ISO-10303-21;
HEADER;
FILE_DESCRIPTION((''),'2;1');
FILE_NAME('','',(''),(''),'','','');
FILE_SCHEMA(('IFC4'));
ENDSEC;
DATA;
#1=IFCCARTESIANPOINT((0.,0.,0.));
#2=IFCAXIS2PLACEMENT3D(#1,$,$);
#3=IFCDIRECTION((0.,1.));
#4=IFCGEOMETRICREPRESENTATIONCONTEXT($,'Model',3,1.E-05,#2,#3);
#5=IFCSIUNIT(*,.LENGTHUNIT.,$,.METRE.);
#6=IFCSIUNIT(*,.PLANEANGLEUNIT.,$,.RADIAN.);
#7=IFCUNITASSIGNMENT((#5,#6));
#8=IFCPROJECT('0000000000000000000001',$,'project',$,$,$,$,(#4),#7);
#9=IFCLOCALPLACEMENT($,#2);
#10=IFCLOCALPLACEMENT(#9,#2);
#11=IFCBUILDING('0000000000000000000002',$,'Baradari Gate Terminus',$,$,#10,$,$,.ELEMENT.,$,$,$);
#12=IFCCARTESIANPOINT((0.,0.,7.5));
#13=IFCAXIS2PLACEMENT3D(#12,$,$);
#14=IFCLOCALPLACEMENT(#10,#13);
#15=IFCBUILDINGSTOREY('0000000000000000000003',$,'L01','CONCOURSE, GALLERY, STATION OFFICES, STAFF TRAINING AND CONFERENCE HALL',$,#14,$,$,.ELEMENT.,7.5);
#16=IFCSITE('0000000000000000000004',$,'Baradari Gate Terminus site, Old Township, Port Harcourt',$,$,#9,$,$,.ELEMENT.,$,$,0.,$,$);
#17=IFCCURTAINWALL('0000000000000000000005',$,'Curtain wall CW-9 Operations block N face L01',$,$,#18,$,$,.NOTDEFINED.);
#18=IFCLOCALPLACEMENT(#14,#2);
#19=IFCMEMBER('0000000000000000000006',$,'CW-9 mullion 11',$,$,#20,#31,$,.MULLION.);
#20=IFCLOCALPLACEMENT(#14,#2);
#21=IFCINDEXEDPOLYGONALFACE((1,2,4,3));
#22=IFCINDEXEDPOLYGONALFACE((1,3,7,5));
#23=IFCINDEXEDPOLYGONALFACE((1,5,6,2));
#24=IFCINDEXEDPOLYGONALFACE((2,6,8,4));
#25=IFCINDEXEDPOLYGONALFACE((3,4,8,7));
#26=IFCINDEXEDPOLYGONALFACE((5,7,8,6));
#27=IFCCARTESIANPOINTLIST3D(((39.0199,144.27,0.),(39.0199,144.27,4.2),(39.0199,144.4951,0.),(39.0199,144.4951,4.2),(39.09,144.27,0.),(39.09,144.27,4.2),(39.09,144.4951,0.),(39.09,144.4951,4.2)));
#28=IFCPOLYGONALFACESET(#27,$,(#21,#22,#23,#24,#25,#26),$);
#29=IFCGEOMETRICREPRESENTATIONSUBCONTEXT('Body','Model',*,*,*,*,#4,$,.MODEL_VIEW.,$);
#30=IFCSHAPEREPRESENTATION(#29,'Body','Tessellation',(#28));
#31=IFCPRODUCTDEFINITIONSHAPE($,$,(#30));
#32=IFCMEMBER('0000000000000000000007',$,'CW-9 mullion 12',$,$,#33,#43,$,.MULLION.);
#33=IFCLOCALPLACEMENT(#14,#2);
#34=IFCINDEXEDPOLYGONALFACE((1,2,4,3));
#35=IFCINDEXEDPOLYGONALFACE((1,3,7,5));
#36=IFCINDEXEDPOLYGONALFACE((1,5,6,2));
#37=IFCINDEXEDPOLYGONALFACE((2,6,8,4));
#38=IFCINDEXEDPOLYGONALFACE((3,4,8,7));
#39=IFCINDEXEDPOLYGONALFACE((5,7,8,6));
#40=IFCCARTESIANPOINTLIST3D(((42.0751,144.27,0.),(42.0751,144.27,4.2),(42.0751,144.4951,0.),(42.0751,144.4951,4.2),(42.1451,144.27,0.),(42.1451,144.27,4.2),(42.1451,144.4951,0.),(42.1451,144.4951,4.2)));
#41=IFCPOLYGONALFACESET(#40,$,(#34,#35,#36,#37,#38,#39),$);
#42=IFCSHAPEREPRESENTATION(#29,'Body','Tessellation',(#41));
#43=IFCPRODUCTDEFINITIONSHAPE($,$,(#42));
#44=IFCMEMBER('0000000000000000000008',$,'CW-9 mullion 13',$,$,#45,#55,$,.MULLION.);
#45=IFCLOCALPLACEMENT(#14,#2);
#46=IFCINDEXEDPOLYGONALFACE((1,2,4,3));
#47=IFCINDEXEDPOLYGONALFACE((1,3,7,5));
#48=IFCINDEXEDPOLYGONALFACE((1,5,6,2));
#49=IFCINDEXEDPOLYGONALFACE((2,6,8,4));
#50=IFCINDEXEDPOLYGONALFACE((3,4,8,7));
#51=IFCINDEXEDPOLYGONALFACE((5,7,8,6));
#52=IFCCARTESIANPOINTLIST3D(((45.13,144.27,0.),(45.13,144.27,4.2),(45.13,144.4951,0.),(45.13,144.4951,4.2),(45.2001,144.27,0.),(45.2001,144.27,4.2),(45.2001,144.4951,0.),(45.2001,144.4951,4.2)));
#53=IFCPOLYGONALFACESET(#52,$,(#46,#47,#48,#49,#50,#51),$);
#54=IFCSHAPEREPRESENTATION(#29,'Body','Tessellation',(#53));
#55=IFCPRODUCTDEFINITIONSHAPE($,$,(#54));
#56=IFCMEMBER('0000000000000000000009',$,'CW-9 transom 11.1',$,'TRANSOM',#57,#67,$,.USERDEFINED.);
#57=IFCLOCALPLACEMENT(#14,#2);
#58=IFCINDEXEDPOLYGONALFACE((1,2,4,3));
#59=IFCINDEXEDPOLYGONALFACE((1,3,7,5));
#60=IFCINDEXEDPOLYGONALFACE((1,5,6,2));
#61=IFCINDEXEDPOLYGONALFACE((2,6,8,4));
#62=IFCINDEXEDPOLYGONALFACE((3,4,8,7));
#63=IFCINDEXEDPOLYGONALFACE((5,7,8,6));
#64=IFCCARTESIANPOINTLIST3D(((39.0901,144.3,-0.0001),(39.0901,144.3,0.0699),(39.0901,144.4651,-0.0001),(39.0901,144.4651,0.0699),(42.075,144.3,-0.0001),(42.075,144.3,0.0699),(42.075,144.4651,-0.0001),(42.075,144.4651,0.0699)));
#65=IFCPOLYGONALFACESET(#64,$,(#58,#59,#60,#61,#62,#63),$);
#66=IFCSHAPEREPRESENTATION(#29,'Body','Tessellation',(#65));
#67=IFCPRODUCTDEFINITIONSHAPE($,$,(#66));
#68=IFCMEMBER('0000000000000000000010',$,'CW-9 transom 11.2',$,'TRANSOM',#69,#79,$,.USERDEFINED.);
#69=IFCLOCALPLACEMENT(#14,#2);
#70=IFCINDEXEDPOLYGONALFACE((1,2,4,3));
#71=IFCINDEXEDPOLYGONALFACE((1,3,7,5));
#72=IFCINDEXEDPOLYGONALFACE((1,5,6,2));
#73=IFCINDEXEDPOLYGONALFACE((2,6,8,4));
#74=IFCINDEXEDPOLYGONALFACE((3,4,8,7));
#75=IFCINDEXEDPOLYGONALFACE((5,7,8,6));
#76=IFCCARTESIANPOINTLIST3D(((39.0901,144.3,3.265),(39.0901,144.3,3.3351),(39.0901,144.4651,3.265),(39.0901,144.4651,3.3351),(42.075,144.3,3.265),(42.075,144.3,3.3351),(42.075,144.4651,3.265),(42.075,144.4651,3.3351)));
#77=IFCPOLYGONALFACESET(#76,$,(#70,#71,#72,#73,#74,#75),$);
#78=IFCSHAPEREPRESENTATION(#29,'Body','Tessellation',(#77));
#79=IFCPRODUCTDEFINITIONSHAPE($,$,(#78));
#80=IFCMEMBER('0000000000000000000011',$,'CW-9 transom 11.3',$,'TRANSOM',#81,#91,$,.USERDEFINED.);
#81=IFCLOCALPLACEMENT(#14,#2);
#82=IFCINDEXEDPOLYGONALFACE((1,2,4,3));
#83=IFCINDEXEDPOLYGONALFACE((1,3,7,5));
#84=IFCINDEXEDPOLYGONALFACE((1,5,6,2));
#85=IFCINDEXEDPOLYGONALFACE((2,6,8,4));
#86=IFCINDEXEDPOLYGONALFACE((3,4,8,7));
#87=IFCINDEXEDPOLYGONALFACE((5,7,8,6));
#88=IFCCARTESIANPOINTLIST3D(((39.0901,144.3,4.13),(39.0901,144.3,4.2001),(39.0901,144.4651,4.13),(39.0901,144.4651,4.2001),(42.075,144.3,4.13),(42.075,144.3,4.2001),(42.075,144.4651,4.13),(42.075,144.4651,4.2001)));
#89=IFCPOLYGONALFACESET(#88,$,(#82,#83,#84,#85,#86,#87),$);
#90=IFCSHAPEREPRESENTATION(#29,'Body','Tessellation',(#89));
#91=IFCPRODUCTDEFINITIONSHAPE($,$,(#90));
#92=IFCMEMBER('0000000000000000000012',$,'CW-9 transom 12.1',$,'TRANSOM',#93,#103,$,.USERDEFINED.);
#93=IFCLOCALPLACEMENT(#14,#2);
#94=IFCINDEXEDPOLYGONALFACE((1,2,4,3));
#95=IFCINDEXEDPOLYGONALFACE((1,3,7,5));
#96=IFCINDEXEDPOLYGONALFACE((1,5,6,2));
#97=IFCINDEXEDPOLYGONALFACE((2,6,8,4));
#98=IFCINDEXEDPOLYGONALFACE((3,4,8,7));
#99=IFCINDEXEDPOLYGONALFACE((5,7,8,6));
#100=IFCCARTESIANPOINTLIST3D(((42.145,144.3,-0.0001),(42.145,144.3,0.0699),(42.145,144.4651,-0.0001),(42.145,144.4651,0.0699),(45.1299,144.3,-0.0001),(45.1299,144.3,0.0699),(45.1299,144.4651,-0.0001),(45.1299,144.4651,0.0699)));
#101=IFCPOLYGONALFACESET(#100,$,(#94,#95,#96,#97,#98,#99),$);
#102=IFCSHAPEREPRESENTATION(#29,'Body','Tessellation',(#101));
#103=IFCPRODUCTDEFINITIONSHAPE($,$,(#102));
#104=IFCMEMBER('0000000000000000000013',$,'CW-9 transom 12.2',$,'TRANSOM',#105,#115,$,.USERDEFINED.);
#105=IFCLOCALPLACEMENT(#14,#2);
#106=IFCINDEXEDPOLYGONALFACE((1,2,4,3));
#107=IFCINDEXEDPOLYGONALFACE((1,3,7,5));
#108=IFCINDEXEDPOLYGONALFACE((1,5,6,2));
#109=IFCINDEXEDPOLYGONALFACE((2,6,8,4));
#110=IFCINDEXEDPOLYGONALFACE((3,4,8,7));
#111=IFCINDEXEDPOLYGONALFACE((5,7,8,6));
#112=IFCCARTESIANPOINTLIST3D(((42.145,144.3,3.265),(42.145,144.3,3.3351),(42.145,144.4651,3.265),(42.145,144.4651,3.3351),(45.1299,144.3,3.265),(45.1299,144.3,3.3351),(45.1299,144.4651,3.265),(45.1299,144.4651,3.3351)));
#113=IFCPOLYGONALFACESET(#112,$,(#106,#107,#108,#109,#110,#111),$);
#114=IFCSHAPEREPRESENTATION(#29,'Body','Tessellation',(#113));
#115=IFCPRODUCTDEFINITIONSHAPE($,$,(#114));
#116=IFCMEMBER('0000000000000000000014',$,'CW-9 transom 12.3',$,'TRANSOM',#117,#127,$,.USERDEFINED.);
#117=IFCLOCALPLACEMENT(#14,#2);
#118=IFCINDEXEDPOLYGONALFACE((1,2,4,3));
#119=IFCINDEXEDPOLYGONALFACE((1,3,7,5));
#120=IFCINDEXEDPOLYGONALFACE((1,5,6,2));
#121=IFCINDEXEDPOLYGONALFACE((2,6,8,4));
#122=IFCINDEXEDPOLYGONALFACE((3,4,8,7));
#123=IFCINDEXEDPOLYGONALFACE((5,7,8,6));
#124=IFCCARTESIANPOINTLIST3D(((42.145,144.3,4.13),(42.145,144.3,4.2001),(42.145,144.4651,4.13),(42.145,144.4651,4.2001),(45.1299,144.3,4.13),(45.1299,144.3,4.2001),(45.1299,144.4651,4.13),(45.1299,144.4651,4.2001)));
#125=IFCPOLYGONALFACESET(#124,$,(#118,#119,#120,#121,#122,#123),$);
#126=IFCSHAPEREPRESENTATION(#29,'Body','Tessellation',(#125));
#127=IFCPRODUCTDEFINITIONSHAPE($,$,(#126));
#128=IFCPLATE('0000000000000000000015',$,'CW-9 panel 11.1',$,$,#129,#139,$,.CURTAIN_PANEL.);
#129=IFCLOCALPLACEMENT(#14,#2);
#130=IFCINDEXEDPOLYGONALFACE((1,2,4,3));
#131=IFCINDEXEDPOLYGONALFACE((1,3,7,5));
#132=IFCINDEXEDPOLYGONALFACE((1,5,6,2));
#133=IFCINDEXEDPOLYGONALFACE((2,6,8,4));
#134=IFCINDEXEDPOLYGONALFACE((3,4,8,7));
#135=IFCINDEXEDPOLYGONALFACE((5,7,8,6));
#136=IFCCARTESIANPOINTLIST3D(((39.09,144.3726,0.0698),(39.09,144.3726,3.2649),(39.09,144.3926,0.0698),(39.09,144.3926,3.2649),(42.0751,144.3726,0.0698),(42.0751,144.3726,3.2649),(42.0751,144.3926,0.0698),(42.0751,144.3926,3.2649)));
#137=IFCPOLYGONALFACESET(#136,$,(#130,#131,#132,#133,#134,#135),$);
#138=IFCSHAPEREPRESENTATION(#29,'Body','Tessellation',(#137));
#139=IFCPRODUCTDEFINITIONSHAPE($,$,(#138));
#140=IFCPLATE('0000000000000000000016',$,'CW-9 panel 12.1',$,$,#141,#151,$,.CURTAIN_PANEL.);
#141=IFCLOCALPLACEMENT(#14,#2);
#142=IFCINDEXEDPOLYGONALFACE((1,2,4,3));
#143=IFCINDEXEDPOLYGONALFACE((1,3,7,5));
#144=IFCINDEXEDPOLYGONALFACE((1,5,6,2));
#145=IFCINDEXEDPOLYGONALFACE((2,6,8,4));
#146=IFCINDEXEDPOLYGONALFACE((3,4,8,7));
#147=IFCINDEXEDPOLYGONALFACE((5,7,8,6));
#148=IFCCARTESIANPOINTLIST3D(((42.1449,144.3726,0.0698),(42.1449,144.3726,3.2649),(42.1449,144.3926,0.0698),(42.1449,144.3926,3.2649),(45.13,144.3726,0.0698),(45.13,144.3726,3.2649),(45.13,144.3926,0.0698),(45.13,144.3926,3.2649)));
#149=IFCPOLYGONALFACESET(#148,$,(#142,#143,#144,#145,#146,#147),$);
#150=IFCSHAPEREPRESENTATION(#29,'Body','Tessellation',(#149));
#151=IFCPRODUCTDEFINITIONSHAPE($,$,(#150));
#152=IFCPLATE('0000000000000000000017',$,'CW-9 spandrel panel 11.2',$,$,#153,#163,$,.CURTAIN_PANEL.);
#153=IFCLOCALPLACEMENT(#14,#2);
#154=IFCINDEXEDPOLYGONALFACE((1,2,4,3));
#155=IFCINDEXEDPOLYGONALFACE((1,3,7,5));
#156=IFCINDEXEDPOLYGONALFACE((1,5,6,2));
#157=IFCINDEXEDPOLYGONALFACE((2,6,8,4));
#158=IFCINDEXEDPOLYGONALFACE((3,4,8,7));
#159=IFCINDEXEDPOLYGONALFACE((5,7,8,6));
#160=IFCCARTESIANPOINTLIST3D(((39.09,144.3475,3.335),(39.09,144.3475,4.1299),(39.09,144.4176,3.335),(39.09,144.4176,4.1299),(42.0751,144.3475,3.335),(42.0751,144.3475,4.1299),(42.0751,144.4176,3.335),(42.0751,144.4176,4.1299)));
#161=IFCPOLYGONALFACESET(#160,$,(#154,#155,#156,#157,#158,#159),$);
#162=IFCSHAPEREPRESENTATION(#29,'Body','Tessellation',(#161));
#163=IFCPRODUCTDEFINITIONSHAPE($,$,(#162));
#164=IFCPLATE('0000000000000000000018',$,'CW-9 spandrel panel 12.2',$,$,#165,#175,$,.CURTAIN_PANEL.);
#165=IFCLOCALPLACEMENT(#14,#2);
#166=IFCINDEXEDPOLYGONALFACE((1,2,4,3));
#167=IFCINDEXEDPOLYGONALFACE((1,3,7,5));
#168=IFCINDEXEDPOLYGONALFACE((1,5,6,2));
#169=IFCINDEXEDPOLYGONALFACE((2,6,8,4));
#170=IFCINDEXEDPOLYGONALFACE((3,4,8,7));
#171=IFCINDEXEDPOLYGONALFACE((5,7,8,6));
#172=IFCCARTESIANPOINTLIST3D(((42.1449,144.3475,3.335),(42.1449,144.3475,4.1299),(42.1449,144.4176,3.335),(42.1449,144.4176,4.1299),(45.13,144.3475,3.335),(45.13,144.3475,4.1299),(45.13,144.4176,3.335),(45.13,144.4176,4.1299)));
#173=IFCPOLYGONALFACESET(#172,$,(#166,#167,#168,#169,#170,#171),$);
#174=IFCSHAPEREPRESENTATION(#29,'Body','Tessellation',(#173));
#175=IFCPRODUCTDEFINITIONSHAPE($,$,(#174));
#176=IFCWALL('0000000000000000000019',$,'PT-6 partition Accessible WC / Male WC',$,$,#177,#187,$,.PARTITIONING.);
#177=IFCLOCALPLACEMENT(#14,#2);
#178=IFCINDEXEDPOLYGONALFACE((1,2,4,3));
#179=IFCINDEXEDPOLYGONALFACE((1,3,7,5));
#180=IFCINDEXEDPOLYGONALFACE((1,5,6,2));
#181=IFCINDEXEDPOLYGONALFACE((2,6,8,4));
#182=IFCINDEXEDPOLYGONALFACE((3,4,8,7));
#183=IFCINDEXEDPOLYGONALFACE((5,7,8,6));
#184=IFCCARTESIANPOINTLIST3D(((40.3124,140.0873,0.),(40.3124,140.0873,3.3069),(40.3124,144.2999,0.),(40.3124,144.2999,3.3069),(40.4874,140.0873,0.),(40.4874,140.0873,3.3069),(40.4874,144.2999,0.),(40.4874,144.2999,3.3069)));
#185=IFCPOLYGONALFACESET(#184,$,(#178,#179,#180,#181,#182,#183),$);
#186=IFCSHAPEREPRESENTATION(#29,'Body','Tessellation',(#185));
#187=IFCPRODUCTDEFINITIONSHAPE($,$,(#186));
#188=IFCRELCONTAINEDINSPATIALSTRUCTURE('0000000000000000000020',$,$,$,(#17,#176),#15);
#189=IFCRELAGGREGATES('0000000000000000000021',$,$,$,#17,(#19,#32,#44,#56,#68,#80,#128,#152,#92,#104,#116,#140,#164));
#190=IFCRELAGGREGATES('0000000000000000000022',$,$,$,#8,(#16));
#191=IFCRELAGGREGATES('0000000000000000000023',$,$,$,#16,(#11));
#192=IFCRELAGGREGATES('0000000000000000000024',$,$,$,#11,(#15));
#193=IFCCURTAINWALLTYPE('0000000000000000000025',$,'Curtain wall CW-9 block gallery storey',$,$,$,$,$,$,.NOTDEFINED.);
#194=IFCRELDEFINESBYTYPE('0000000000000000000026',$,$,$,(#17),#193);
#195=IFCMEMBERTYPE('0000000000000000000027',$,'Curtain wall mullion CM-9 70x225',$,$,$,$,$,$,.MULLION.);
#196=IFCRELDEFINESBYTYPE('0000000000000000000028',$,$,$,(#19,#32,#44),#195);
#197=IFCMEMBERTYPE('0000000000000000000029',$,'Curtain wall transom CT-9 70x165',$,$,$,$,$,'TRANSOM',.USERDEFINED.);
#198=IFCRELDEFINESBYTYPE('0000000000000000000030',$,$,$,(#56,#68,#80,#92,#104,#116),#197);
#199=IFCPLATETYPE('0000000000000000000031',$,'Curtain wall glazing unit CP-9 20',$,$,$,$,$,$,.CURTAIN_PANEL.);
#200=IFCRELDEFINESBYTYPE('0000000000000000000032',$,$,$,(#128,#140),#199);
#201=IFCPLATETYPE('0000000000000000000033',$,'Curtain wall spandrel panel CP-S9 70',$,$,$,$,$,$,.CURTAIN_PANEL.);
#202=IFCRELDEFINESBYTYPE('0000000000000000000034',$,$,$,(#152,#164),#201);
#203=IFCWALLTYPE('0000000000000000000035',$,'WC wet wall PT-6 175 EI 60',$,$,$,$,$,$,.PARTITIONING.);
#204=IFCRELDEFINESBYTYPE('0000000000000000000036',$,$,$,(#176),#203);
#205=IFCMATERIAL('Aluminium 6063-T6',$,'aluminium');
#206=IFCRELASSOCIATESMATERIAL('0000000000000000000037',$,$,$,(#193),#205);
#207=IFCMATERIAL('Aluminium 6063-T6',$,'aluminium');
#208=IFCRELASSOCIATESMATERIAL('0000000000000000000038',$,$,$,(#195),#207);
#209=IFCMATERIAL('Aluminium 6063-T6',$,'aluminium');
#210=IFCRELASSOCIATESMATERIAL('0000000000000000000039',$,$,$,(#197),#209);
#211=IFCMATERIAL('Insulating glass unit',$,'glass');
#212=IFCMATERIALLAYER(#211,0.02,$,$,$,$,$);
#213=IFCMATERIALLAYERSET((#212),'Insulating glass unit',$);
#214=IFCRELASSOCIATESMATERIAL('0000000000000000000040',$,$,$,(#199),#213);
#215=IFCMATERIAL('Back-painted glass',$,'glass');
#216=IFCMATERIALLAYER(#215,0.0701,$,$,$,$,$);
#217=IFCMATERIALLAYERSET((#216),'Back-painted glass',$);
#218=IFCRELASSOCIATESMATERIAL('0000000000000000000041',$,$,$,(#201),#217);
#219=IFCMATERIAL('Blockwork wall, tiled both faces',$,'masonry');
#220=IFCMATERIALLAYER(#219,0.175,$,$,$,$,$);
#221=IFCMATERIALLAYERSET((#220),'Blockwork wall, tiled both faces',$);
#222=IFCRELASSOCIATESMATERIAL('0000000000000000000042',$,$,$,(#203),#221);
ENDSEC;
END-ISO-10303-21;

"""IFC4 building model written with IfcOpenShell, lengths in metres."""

from ifc_helpers import new_model, si_unit, direction, frame, frame_2d, origin, origin_2d, place, context, subcontext, project, spatial, rectangle, extrude, material, layer, layer_set, material_profile, profile_set, type_object, element, aggregate, save


model = new_model("IFC4")

# Units and contexts
model_context = context("Model", 3, precision=1e-05, world=origin(), true_north=direction((0.0, 1.0)))
body_context = subcontext(model_context, "Body", "Model", "MODEL_VIEW")
ifc_project = project(units=[si_unit("LENGTHUNIT", "METRE"), si_unit("PLANEANGLEUNIT", "RADIAN")], contexts=[model_context])

# Site, building, storey
site_placement = place(None, origin())
site = spatial("IfcSite", under=ifc_project, at=site_placement, Name="Baradari Gate Terminus site, Old Township, Port Harcourt", CompositionType="ELEMENT", RefElevation=0.0)
building_placement = place(site_placement, origin())
building = spatial("IfcBuilding", under=site, at=building_placement, Name="Baradari Gate Terminus", CompositionType="ELEMENT")
storey_placement = place(building_placement, frame((0.0, 0.0, 7.5)))
storey = spatial("IfcBuildingStorey", under=building, at=storey_placement, Name="L01", Description="CONCOURSE, GALLERY, STATION OFFICES, STAFF TRAINING AND CONFERENCE HALL", CompositionType="ELEMENT", Elevation=7.5)

# Curtain wall, members, plates
ifc_material_1 = material(Name="Aluminium 6063-T6", Category="aluminium")
curtain_wall_type = type_object("IfcCurtainWallType", Name="Curtain wall CW-9 block gallery storey", PredefinedType="NOTDEFINED", material=ifc_material_1)
curtain_wall_placement = place(storey_placement, origin())
curtain_wall = element("IfcCurtainWall", 1, at=curtain_wall_placement, inside=storey, type_object=curtain_wall_type, Name="Curtain wall CW-9 Operations block N face L01", PredefinedType="NOTDEFINED")
ifc_material_2 = material(Name="Aluminium 6063-T6", Category="aluminium")
ifc_material_profile_1 = material_profile(ifc_material_2, rectangle(XDim=0.2251, YDim=0.0701, at=origin_2d()), Name="CM-9 70X225")
ifc_profile_set_1 = profile_set([ifc_material_profile_1], Name="Aluminium 6063-T6")
member_type_1 = type_object("IfcMemberType", Name="Curtain wall mullion CM-9 70x225", PredefinedType="MULLION", material=ifc_profile_set_1)
member_1_placement = place(storey_placement, frame((39.0549, 144.3826, 0.0), z_axis=(0.0, 0.0, 1.0), x_axis=(0.0, 1.0, 0.0)))
member_1 = element("IfcMember", 2, at=member_1_placement, type_object=member_type_1, Name="CW-9 mullion 11", PredefinedType="MULLION", context=body_context, shape_type="SweptSolid", body=[
    extrude(rectangle(XDim=0.2251, YDim=0.0701, at=origin_2d()), origin(), (0.0, 0.0, 1.0), 4.2),
])
member_2_placement = place(storey_placement, frame((42.1101, 144.3826, 0.0), z_axis=(0.0, 0.0, 1.0), x_axis=(0.0, 1.0, 0.0)))
member_2 = element("IfcMember", 3, at=member_2_placement, type_object=member_type_1, Name="CW-9 mullion 12", PredefinedType="MULLION", context=body_context, shape_type="SweptSolid", body=[
    extrude(rectangle(XDim=0.2251, YDim=0.0701, at=origin_2d()), origin(), (0.0, 0.0, 1.0), 4.2),
])
member_3_placement = place(storey_placement, frame((45.165, 144.3826, 0.0), z_axis=(0.0, 0.0, 1.0), x_axis=(0.0, 1.0, 0.0)))
member_3 = element("IfcMember", 4, at=member_3_placement, type_object=member_type_1, Name="CW-9 mullion 13", PredefinedType="MULLION", context=body_context, shape_type="SweptSolid", body=[
    extrude(rectangle(XDim=0.2251, YDim=0.0701, at=origin_2d()), origin(), (0.0, 0.0, 1.0), 4.2),
])
ifc_material_3 = material(Name="Aluminium 6063-T6", Category="aluminium")
ifc_material_profile_2 = material_profile(ifc_material_3, rectangle(XDim=0.165, YDim=0.0701, at=origin_2d()), Name="CT-9 70X165")
ifc_profile_set_2 = profile_set([ifc_material_profile_2], Name="Aluminium 6063-T6")
member_type_2 = type_object("IfcMemberType", Name="Curtain wall transom CT-9 70x165", ElementType="TRANSOM", PredefinedType="USERDEFINED", material=ifc_profile_set_2)
member_4_placement = place(storey_placement, frame((39.0901, 144.3826, 0.0349), z_axis=(1.0, 0.0, 0.0), x_axis=(0.0, 1.0, 0.0)))
member_4 = element("IfcMember", 5, at=member_4_placement, type_object=member_type_2, Name="CW-9 transom 11.1", ObjectType="TRANSOM", PredefinedType="USERDEFINED", context=body_context, shape_type="SweptSolid", body=[
    extrude(rectangle(XDim=0.165, YDim=0.0701, at=origin_2d()), origin(), (0.0, 0.0, 1.0), 2.9849),
])
member_5_placement = place(storey_placement, frame((39.0901, 144.3826, 3.3), z_axis=(1.0, 0.0, 0.0), x_axis=(0.0, 1.0, 0.0)))
member_5 = element("IfcMember", 6, at=member_5_placement, type_object=member_type_2, Name="CW-9 transom 11.2", ObjectType="TRANSOM", PredefinedType="USERDEFINED", context=body_context, shape_type="SweptSolid", body=[
    extrude(rectangle(XDim=0.165, YDim=0.0701, at=origin_2d()), origin(), (0.0, 0.0, 1.0), 2.9849),
])
member_6_placement = place(storey_placement, frame((39.0901, 144.3826, 4.165), z_axis=(1.0, 0.0, 0.0), x_axis=(0.0, 1.0, 0.0)))
member_6 = element("IfcMember", 7, at=member_6_placement, type_object=member_type_2, Name="CW-9 transom 11.3", ObjectType="TRANSOM", PredefinedType="USERDEFINED", context=body_context, shape_type="SweptSolid", body=[
    extrude(rectangle(XDim=0.165, YDim=0.0701, at=origin_2d()), origin(), (0.0, 0.0, 1.0), 2.9849),
])
member_7_placement = place(storey_placement, frame((42.145, 144.3826, 0.0349), z_axis=(1.0, 0.0, 0.0), x_axis=(0.0, 1.0, 0.0)))
member_7 = element("IfcMember", 8, at=member_7_placement, type_object=member_type_2, Name="CW-9 transom 12.1", ObjectType="TRANSOM", PredefinedType="USERDEFINED", context=body_context, shape_type="SweptSolid", body=[
    extrude(rectangle(XDim=0.165, YDim=0.0701, at=origin_2d()), origin(), (0.0, 0.0, 1.0), 2.9849),
])
member_8_placement = place(storey_placement, frame((42.145, 144.3826, 3.3), z_axis=(1.0, 0.0, 0.0), x_axis=(0.0, 1.0, 0.0)))
member_8 = element("IfcMember", 9, at=member_8_placement, type_object=member_type_2, Name="CW-9 transom 12.2", ObjectType="TRANSOM", PredefinedType="USERDEFINED", context=body_context, shape_type="SweptSolid", body=[
    extrude(rectangle(XDim=0.165, YDim=0.0701, at=origin_2d()), origin(), (0.0, 0.0, 1.0), 2.9849),
])
member_9_placement = place(storey_placement, frame((42.145, 144.3826, 4.165), z_axis=(1.0, 0.0, 0.0), x_axis=(0.0, 1.0, 0.0)))
member_9 = element("IfcMember", 10, at=member_9_placement, type_object=member_type_2, Name="CW-9 transom 12.3", ObjectType="TRANSOM", PredefinedType="USERDEFINED", context=body_context, shape_type="SweptSolid", body=[
    extrude(rectangle(XDim=0.165, YDim=0.0701, at=origin_2d()), origin(), (0.0, 0.0, 1.0), 2.9849),
])
ifc_material_4 = material(Name="Insulating glass unit", Category="glass")
ifc_layer_1 = layer(ifc_material_4, 0.02)
ifc_layer_set_1 = layer_set([ifc_layer_1], Name="Insulating glass unit")
plate_type_1 = type_object("IfcPlateType", Name="Curtain wall glazing unit CP-9 20", PredefinedType="CURTAIN_PANEL", material=ifc_layer_set_1)
plate_1_placement = place(storey_placement, frame((40.5825, 144.3826, 0.0698), z_axis=(0.0, 0.0, 1.0), x_axis=(1.0, 0.0, 0.0)))
plate_1 = element("IfcPlate", 11, at=plate_1_placement, type_object=plate_type_1, Name="CW-9 panel 11.1", PredefinedType="CURTAIN_PANEL", context=body_context, shape_type="SweptSolid", body=[
    extrude(rectangle(XDim=2.9851, YDim=0.02, at=origin_2d()), origin(), (0.0, 0.0, 1.0), 3.1951),
])
plate_2_placement = place(storey_placement, frame((43.6375, 144.3826, 0.0698), z_axis=(0.0, 0.0, 1.0), x_axis=(1.0, 0.0, 0.0)))
plate_2 = element("IfcPlate", 12, at=plate_2_placement, type_object=plate_type_1, Name="CW-9 panel 12.1", PredefinedType="CURTAIN_PANEL", context=body_context, shape_type="SweptSolid", body=[
    extrude(rectangle(XDim=2.9851, YDim=0.02, at=origin_2d()), origin(), (0.0, 0.0, 1.0), 3.1951),
])
ifc_material_5 = material(Name="Back-painted glass", Category="glass")
ifc_layer_2 = layer(ifc_material_5, 0.0701)
ifc_layer_set_2 = layer_set([ifc_layer_2], Name="Back-painted glass")
plate_type_2 = type_object("IfcPlateType", Name="Curtain wall spandrel panel CP-S9 70", PredefinedType="CURTAIN_PANEL", material=ifc_layer_set_2)
plate_3_placement = place(storey_placement, frame((40.5825, 144.3826, 3.335), z_axis=(0.0, 0.0, 1.0), x_axis=(1.0, 0.0, 0.0)))
plate_3 = element("IfcPlate", 13, at=plate_3_placement, type_object=plate_type_2, Name="CW-9 spandrel panel 11.2", PredefinedType="CURTAIN_PANEL", context=body_context, shape_type="SweptSolid", body=[
    extrude(rectangle(XDim=2.9851, YDim=0.0701, at=origin_2d()), origin(), (0.0, 0.0, 1.0), 0.7949),
])
plate_4_placement = place(storey_placement, frame((43.6375, 144.3826, 3.335), z_axis=(0.0, 0.0, 1.0), x_axis=(1.0, 0.0, 0.0)))
plate_4 = element("IfcPlate", 14, at=plate_4_placement, type_object=plate_type_2, Name="CW-9 spandrel panel 12.2", PredefinedType="CURTAIN_PANEL", context=body_context, shape_type="SweptSolid", body=[
    extrude(rectangle(XDim=2.9851, YDim=0.0701, at=origin_2d()), origin(), (0.0, 0.0, 1.0), 0.7949),
])
aggregate(curtain_wall, [member_1, member_2, member_3, member_4, member_5, member_6, plate_1, plate_3, member_7, member_8, member_9, plate_2, plate_4])

# Wall
ifc_material_6 = material(Name="Blockwork wall, tiled both faces", Category="masonry")
ifc_layer_3 = layer(ifc_material_6, 0.175)
ifc_layer_set_3 = layer_set([ifc_layer_3], Name="Blockwork wall, tiled both faces")
wall_type = type_object("IfcWallType", Name="WC wet wall PT-6 175 EI 60", PredefinedType="PARTITIONING", material=ifc_layer_set_3)
for number, where, z_axis, x_axis, name in (
    (15, (40.3999, 144.3, 0.0), (0.0, 0.0, 1.0), (0.0, -1.0, 0.0), "PT-6 partition Accessible WC / Male WC"),
):
    element("IfcWall", number, at=place(storey_placement, frame(where, z_axis=z_axis, x_axis=x_axis)), inside=storey, type_object=wall_type, Name=name, PredefinedType="PARTITIONING", context=body_context, shape_type="SweptSolid", body=[
        extrude(rectangle(XDim=4.2126, YDim=0.175, at=frame_2d((2.1064, 0.0))), origin(), (0.0, 0.0, 1.0), 3.3069),
    ])

save(model, "model.ifc")
